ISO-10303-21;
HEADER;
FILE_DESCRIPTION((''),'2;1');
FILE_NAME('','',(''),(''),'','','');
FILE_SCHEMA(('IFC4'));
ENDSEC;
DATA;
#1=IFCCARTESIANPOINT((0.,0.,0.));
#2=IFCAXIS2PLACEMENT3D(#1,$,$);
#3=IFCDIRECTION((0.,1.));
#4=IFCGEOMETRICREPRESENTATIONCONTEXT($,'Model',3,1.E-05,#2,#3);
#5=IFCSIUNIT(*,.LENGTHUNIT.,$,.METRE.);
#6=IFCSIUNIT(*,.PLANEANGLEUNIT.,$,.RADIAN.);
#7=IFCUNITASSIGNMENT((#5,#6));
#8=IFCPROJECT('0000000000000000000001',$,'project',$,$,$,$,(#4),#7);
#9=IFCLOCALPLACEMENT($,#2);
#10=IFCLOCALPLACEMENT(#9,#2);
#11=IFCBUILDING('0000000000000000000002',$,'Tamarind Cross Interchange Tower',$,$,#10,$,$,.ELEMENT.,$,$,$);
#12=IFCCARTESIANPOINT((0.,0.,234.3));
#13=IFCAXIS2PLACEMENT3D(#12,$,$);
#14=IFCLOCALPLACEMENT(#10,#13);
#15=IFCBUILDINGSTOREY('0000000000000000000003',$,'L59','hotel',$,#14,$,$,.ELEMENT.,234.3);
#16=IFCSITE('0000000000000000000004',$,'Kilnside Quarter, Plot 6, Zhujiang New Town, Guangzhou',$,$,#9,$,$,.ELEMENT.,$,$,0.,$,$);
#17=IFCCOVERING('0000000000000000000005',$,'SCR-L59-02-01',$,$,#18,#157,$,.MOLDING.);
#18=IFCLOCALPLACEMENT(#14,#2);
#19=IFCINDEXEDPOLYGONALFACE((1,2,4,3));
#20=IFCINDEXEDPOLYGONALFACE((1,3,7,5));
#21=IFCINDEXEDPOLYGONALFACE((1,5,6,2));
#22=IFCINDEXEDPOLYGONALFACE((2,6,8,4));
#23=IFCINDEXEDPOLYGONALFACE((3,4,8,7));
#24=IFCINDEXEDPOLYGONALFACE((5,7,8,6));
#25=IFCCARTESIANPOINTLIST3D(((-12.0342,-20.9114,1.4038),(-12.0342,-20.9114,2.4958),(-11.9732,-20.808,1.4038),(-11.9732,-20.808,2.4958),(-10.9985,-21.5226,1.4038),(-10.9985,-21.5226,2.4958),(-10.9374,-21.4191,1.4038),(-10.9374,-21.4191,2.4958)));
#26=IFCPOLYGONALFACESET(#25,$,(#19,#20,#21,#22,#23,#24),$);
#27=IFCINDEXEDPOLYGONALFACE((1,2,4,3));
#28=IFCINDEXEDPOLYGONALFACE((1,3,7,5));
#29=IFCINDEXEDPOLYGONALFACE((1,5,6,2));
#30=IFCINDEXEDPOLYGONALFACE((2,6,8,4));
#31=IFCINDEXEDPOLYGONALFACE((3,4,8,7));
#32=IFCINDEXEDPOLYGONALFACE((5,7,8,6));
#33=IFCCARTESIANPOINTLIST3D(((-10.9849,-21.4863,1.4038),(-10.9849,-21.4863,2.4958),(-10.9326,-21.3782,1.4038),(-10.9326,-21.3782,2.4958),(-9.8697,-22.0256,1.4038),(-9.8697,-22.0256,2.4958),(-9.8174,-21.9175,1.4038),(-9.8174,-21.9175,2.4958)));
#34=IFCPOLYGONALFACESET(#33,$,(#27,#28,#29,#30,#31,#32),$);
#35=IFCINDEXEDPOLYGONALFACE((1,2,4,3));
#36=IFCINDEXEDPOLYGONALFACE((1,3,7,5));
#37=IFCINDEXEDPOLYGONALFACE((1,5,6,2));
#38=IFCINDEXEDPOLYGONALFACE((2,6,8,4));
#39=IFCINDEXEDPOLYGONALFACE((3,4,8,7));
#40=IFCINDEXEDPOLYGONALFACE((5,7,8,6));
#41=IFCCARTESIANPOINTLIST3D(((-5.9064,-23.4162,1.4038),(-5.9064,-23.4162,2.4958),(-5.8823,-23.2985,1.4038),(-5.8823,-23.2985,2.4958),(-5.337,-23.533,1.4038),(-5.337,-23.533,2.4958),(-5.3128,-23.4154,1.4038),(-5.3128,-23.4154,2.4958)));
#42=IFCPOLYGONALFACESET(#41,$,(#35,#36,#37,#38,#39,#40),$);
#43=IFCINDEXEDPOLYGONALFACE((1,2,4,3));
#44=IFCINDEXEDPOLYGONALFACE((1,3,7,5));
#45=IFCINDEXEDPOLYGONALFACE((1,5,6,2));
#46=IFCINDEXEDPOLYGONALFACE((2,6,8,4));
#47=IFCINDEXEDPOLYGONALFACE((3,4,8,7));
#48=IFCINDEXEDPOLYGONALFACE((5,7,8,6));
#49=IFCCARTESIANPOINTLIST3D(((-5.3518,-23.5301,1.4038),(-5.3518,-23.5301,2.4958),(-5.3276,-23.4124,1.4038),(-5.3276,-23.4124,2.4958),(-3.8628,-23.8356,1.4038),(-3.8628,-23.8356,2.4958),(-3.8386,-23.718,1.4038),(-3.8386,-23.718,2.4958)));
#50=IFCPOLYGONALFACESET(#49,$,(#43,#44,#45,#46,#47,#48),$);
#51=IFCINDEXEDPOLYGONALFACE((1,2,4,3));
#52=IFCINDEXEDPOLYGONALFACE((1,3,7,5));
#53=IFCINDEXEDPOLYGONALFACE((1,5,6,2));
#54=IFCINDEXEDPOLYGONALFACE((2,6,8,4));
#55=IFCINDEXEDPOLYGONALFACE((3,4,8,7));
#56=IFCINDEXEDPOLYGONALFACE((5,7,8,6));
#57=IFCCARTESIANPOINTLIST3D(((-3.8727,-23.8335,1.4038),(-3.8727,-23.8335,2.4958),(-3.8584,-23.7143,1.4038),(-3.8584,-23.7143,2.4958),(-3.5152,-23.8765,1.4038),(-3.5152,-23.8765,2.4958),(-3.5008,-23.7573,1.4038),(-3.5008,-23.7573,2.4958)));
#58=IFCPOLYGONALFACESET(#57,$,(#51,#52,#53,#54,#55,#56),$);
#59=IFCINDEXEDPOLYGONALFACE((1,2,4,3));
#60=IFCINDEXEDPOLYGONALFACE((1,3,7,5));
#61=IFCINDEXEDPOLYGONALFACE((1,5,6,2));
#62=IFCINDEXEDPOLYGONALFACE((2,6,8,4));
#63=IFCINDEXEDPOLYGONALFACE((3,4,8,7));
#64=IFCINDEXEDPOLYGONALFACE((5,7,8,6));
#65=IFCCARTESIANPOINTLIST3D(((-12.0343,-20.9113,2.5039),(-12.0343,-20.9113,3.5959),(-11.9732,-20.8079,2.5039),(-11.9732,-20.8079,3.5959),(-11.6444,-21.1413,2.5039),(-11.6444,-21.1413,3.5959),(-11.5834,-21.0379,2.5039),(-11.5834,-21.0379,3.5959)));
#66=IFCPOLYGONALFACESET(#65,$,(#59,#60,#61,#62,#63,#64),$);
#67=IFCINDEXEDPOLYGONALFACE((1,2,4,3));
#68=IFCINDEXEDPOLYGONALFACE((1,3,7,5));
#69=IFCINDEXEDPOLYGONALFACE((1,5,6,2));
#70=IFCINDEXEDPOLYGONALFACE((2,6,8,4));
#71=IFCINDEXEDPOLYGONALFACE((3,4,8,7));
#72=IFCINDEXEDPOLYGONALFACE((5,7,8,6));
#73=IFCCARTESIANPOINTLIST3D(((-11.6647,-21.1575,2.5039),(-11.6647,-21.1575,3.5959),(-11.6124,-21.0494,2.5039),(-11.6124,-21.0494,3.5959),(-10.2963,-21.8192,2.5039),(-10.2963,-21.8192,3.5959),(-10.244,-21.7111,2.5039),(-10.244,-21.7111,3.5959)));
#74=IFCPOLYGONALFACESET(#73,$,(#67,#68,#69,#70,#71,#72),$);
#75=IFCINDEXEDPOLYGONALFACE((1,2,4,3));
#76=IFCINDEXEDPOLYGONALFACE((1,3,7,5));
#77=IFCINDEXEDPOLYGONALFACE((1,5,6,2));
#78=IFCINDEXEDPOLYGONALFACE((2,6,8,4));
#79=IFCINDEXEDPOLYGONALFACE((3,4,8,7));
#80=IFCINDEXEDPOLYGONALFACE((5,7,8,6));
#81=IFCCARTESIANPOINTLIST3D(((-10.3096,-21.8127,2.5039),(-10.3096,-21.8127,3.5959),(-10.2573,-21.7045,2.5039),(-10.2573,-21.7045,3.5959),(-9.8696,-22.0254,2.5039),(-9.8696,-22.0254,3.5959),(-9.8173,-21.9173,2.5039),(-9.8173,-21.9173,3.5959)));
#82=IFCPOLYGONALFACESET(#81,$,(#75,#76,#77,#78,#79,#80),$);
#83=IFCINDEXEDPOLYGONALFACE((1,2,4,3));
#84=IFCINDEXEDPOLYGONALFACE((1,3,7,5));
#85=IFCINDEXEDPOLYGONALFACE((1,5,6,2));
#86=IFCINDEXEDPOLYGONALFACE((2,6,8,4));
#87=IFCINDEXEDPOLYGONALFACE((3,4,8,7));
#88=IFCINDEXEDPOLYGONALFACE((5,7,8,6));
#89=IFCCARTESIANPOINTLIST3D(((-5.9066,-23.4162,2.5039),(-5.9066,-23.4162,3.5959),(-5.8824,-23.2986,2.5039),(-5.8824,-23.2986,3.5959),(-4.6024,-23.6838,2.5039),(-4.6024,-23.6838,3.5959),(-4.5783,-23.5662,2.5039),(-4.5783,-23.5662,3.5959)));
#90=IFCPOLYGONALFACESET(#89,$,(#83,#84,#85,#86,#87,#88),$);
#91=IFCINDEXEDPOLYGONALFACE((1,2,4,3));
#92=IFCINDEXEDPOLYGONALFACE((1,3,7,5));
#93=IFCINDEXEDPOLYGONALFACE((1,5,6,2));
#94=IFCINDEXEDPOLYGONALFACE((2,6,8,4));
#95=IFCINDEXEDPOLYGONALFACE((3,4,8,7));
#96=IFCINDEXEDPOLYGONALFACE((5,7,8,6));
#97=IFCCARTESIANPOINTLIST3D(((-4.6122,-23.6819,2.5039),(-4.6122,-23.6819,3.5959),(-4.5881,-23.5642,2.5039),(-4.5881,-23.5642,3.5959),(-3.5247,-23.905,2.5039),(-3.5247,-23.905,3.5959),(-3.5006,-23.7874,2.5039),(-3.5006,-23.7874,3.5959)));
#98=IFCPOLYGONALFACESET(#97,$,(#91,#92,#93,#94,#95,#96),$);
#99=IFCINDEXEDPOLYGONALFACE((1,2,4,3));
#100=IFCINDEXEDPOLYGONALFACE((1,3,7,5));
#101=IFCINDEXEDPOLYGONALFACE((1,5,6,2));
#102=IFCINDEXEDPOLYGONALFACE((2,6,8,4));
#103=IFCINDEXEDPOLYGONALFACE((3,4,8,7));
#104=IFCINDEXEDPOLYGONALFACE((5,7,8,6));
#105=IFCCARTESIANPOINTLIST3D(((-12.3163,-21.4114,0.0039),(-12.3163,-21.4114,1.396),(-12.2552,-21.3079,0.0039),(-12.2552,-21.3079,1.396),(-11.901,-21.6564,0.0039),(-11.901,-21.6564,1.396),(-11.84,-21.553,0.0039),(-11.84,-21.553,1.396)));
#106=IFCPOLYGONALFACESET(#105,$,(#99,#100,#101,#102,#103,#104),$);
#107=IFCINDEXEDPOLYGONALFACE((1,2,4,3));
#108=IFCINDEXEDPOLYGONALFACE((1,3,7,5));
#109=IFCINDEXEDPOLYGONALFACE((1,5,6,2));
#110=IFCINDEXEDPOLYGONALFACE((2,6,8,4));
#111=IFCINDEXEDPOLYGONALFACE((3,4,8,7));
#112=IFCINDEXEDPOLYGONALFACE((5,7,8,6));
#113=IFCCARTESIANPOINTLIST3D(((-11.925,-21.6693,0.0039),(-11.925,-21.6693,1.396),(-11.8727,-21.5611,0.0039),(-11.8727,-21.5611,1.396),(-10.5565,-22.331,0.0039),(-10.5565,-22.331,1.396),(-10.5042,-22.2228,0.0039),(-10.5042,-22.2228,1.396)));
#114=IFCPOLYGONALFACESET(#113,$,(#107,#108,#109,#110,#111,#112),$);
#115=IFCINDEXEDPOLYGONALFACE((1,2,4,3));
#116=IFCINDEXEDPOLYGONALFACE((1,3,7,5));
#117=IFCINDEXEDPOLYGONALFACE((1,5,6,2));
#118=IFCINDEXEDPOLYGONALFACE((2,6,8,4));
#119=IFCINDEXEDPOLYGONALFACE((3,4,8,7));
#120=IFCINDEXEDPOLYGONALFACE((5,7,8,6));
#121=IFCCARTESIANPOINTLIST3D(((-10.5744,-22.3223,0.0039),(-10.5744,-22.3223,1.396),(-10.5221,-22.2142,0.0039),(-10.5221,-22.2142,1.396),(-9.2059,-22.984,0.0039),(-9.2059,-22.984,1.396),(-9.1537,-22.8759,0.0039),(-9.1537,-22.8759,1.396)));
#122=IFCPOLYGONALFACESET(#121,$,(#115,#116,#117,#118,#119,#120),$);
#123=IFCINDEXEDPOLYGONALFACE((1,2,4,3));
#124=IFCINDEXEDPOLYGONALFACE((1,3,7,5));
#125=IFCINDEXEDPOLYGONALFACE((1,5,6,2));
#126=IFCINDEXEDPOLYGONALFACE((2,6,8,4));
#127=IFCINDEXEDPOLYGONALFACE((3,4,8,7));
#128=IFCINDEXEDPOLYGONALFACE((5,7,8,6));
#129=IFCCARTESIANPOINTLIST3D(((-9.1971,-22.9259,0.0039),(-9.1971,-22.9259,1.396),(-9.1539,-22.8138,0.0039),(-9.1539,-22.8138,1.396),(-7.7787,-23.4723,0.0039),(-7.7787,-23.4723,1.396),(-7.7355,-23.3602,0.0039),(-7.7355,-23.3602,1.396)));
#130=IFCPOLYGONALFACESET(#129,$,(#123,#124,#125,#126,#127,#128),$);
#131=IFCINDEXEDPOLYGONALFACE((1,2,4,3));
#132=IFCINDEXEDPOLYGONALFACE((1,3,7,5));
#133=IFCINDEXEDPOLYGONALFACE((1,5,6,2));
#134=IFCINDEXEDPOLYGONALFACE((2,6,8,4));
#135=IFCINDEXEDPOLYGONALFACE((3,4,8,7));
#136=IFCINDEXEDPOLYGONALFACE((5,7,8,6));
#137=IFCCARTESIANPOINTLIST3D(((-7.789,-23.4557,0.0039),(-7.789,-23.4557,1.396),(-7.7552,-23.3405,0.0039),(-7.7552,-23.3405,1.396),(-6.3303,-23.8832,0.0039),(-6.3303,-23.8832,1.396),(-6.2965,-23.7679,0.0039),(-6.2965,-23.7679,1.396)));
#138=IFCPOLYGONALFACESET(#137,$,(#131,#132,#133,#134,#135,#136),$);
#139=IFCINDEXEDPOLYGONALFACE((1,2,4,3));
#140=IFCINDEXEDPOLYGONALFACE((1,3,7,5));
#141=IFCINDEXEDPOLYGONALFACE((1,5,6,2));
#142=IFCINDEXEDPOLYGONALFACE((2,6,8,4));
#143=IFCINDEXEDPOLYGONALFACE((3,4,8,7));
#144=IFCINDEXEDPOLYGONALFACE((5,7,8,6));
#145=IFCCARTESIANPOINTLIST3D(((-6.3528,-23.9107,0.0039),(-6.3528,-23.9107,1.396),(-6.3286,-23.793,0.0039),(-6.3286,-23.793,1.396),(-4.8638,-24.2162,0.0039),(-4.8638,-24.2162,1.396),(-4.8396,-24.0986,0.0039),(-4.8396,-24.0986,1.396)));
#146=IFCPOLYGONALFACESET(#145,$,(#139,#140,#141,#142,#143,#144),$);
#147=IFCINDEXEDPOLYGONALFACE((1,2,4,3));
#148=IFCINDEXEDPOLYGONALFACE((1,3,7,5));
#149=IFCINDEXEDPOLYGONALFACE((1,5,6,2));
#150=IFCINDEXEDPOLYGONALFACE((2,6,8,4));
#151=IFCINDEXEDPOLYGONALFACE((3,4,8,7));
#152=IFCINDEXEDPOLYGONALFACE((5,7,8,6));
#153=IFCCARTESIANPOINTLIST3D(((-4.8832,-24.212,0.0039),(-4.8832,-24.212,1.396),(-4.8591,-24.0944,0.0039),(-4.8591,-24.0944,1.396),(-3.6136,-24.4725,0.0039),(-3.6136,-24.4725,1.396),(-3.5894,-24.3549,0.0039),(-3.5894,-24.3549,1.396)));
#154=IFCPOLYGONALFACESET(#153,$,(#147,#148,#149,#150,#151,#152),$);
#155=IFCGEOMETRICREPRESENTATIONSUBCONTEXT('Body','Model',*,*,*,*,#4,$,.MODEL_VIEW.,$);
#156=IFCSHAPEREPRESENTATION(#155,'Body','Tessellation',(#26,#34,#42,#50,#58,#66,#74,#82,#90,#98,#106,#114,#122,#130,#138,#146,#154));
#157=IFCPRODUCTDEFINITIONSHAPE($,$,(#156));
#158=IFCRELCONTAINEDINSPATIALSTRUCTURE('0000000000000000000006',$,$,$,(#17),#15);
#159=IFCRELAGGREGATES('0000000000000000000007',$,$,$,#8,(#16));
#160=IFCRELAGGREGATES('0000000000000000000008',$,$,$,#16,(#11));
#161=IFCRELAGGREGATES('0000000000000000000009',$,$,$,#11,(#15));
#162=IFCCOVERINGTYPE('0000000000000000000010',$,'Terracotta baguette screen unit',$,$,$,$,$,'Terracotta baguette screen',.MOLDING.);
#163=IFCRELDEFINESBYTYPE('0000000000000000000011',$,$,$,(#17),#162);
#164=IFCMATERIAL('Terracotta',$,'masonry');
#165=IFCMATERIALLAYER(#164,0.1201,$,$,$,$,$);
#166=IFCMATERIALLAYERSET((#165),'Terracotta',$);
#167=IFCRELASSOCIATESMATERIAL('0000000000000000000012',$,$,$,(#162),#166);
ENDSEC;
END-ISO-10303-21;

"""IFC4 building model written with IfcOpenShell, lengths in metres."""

from ifc_helpers import new_model, si_unit, direction, frame, origin, origin_2d, place, context, subcontext, project, spatial, rectangle, extrude, material, layer, layer_set, type_object, element, save


model = new_model("IFC4")

# Units and contexts
model_context = context("Model", 3, precision=1e-05, world=origin(), true_north=direction((0.0, 1.0)))
body_context = subcontext(model_context, "Body", "Model", "MODEL_VIEW")
ifc_project = project(units=[si_unit("LENGTHUNIT", "METRE"), si_unit("PLANEANGLEUNIT", "RADIAN")], contexts=[model_context])

# Site, building, storey
site_placement = place(None, origin())
site = spatial("IfcSite", under=ifc_project, at=site_placement, Name="Kilnside Quarter, Plot 6, Zhujiang New Town, Guangzhou", CompositionType="ELEMENT", RefElevation=0.0)
building_placement = place(site_placement, origin())
building = spatial("IfcBuilding", under=site, at=building_placement, Name="Tamarind Cross Interchange Tower", CompositionType="ELEMENT")
storey_placement = place(building_placement, frame((0.0, 0.0, 234.3)))
storey = spatial("IfcBuildingStorey", under=building, at=storey_placement, Name="L59", Description="hotel", CompositionType="ELEMENT", Elevation=234.3)

# Covering
ifc_material_1 = material(Name="Terracotta", Category="masonry")
ifc_layer_1 = layer(ifc_material_1, 0.1201)
ifc_layer_set_1 = layer_set([ifc_layer_1], Name="Terracotta")
covering_type = type_object("IfcCoveringType", Name="Terracotta baguette screen unit", ElementType="Terracotta baguette screen", PredefinedType="MOLDING", material=ifc_layer_set_1)
covering_1_placement = place(storey_placement, origin())
element("IfcCovering", 1, at=covering_1_placement, inside=storey, type_object=covering_type, Name="SCR-L59-02-01", PredefinedType="MOLDING", context=body_context, shape_type="SweptSolid", body=[
    extrude(rectangle(XDim=1.2026, YDim=0.1201, at=origin_2d()), frame((-11.4858, -21.1653, 1.4038), z_axis=(0.0, 0.0, 1.0), x_axis=(0.861249, -0.508183, 0.0)), (0.0, 0.0, 1.0), 1.092),
    extrude(rectangle(XDim=1.2388, YDim=0.1201, at=origin_2d()), frame((-10.4011, -21.7019, 1.4038), z_axis=(0.0, 0.0, 1.0), x_axis=(0.900273, -0.435326, 0.0)), (0.0, 0.0, 1.0), 1.092),
    extrude(rectangle(XDim=0.5813, YDim=0.1201, at=origin_2d()), frame((-5.6096, -23.4158, 1.4038), z_axis=(0.0, 0.0, 1.0), x_axis=(0.979591, -0.201001, 0.0)), (0.0, 0.0, 1.0), 1.092),
    extrude(rectangle(XDim=1.52, YDim=0.1201, at=origin_2d()), frame((-4.5952, -23.624, 1.4038), z_axis=(0.0, 0.0, 1.0), x_axis=(0.979591, -0.201001, 0.0)), (0.0, 0.0, 1.0), 1.092),
    extrude(rectangle(XDim=0.3601, YDim=0.1201, at=origin_2d()), frame((-3.6868, -23.7954, 1.4038), z_axis=(0.0, 0.0, 1.0), x_axis=(0.992844, -0.119421, 0.0)), (0.0, 0.0, 1.0), 1.092),
    extrude(rectangle(XDim=0.4526, YDim=0.1201, at=origin_2d()), frame((-11.8088, -20.9746, 2.5039), z_axis=(0.0, 0.0, 1.0), x_axis=(0.861249, -0.508183, 0.0)), (0.0, 0.0, 1.0), 1.092),
    extrude(rectangle(XDim=1.52, YDim=0.1201, at=origin_2d()), frame((-10.9543, -21.4343, 2.5039), z_axis=(0.0, 0.0, 1.0), x_axis=(0.900273, -0.435326, 0.0)), (0.0, 0.0, 1.0), 1.092),
    extrude(rectangle(XDim=0.4888, YDim=0.1201, at=origin_2d()), frame((-10.0635, -21.865, 2.5039), z_axis=(0.0, 0.0, 1.0), x_axis=(0.900273, -0.435326, 0.0)), (0.0, 0.0, 1.0), 1.092),
    extrude(rectangle(XDim=1.3313, YDim=0.1201, at=origin_2d()), frame((-5.2424, -23.4912, 2.5039), z_axis=(0.0, 0.0, 1.0), x_axis=(0.979591, -0.201001, 0.0)), (0.0, 0.0, 1.0), 1.092),
    extrude(rectangle(XDim=1.1101, YDim=0.1201, at=origin_2d()), frame((-4.0564, -23.7346, 2.5039), z_axis=(0.0, 0.0, 1.0), x_axis=(0.979591, -0.201001, 0.0)), (0.0, 0.0, 1.0), 1.092),
    extrude(rectangle(XDim=0.4822, YDim=0.1201, at=origin_2d()), frame((-12.0781, -21.4822, 0.0039), z_axis=(0.0, 0.0, 1.0), x_axis=(0.861249, -0.508183, 0.0)), (0.0, 0.0, 1.0), 1.3921),
    extrude(rectangle(XDim=1.52, YDim=0.1201, at=origin_2d()), frame((-11.2146, -21.946, 0.0039), z_axis=(0.0, 0.0, 1.0), x_axis=(0.900273, -0.435326, 0.0)), (0.0, 0.0, 1.0), 1.3921),
    extrude(rectangle(XDim=1.52, YDim=0.1201, at=origin_2d()), frame((-9.864, -22.5991, 0.0039), z_axis=(0.0, 0.0, 1.0), x_axis=(0.900273, -0.435326, 0.0)), (0.0, 0.0, 1.0), 1.3921),
    extrude(rectangle(XDim=1.52, YDim=0.1201, at=origin_2d()), frame((-8.4663, -23.1431, 0.0039), z_axis=(0.0, 0.0, 1.0), x_axis=(0.933147, -0.359495, 0.0)), (0.0, 0.0, 1.0), 1.3921),
    extrude(rectangle(XDim=1.52, YDim=0.1201, at=origin_2d()), frame((-7.0427, -23.6118, 0.0039), z_axis=(0.0, 0.0, 1.0), x_axis=(0.959647, -0.281209, 0.0)), (0.0, 0.0, 1.0), 1.3921),
    extrude(rectangle(XDim=1.52, YDim=0.1201, at=origin_2d()), frame((-5.5962, -24.0046, 0.0039), z_axis=(0.0, 0.0, 1.0), x_axis=(0.979591, -0.201001, 0.0)), (0.0, 0.0, 1.0), 1.3921),
    extrude(rectangle(XDim=1.2961, YDim=0.1201, at=origin_2d()), frame((-4.2363, -24.2834, 0.0039), z_axis=(0.0, 0.0, 1.0), x_axis=(0.979591, -0.201001, 0.0)), (0.0, 0.0, 1.0), 1.3921),
])

save(model, "model.ifc")
